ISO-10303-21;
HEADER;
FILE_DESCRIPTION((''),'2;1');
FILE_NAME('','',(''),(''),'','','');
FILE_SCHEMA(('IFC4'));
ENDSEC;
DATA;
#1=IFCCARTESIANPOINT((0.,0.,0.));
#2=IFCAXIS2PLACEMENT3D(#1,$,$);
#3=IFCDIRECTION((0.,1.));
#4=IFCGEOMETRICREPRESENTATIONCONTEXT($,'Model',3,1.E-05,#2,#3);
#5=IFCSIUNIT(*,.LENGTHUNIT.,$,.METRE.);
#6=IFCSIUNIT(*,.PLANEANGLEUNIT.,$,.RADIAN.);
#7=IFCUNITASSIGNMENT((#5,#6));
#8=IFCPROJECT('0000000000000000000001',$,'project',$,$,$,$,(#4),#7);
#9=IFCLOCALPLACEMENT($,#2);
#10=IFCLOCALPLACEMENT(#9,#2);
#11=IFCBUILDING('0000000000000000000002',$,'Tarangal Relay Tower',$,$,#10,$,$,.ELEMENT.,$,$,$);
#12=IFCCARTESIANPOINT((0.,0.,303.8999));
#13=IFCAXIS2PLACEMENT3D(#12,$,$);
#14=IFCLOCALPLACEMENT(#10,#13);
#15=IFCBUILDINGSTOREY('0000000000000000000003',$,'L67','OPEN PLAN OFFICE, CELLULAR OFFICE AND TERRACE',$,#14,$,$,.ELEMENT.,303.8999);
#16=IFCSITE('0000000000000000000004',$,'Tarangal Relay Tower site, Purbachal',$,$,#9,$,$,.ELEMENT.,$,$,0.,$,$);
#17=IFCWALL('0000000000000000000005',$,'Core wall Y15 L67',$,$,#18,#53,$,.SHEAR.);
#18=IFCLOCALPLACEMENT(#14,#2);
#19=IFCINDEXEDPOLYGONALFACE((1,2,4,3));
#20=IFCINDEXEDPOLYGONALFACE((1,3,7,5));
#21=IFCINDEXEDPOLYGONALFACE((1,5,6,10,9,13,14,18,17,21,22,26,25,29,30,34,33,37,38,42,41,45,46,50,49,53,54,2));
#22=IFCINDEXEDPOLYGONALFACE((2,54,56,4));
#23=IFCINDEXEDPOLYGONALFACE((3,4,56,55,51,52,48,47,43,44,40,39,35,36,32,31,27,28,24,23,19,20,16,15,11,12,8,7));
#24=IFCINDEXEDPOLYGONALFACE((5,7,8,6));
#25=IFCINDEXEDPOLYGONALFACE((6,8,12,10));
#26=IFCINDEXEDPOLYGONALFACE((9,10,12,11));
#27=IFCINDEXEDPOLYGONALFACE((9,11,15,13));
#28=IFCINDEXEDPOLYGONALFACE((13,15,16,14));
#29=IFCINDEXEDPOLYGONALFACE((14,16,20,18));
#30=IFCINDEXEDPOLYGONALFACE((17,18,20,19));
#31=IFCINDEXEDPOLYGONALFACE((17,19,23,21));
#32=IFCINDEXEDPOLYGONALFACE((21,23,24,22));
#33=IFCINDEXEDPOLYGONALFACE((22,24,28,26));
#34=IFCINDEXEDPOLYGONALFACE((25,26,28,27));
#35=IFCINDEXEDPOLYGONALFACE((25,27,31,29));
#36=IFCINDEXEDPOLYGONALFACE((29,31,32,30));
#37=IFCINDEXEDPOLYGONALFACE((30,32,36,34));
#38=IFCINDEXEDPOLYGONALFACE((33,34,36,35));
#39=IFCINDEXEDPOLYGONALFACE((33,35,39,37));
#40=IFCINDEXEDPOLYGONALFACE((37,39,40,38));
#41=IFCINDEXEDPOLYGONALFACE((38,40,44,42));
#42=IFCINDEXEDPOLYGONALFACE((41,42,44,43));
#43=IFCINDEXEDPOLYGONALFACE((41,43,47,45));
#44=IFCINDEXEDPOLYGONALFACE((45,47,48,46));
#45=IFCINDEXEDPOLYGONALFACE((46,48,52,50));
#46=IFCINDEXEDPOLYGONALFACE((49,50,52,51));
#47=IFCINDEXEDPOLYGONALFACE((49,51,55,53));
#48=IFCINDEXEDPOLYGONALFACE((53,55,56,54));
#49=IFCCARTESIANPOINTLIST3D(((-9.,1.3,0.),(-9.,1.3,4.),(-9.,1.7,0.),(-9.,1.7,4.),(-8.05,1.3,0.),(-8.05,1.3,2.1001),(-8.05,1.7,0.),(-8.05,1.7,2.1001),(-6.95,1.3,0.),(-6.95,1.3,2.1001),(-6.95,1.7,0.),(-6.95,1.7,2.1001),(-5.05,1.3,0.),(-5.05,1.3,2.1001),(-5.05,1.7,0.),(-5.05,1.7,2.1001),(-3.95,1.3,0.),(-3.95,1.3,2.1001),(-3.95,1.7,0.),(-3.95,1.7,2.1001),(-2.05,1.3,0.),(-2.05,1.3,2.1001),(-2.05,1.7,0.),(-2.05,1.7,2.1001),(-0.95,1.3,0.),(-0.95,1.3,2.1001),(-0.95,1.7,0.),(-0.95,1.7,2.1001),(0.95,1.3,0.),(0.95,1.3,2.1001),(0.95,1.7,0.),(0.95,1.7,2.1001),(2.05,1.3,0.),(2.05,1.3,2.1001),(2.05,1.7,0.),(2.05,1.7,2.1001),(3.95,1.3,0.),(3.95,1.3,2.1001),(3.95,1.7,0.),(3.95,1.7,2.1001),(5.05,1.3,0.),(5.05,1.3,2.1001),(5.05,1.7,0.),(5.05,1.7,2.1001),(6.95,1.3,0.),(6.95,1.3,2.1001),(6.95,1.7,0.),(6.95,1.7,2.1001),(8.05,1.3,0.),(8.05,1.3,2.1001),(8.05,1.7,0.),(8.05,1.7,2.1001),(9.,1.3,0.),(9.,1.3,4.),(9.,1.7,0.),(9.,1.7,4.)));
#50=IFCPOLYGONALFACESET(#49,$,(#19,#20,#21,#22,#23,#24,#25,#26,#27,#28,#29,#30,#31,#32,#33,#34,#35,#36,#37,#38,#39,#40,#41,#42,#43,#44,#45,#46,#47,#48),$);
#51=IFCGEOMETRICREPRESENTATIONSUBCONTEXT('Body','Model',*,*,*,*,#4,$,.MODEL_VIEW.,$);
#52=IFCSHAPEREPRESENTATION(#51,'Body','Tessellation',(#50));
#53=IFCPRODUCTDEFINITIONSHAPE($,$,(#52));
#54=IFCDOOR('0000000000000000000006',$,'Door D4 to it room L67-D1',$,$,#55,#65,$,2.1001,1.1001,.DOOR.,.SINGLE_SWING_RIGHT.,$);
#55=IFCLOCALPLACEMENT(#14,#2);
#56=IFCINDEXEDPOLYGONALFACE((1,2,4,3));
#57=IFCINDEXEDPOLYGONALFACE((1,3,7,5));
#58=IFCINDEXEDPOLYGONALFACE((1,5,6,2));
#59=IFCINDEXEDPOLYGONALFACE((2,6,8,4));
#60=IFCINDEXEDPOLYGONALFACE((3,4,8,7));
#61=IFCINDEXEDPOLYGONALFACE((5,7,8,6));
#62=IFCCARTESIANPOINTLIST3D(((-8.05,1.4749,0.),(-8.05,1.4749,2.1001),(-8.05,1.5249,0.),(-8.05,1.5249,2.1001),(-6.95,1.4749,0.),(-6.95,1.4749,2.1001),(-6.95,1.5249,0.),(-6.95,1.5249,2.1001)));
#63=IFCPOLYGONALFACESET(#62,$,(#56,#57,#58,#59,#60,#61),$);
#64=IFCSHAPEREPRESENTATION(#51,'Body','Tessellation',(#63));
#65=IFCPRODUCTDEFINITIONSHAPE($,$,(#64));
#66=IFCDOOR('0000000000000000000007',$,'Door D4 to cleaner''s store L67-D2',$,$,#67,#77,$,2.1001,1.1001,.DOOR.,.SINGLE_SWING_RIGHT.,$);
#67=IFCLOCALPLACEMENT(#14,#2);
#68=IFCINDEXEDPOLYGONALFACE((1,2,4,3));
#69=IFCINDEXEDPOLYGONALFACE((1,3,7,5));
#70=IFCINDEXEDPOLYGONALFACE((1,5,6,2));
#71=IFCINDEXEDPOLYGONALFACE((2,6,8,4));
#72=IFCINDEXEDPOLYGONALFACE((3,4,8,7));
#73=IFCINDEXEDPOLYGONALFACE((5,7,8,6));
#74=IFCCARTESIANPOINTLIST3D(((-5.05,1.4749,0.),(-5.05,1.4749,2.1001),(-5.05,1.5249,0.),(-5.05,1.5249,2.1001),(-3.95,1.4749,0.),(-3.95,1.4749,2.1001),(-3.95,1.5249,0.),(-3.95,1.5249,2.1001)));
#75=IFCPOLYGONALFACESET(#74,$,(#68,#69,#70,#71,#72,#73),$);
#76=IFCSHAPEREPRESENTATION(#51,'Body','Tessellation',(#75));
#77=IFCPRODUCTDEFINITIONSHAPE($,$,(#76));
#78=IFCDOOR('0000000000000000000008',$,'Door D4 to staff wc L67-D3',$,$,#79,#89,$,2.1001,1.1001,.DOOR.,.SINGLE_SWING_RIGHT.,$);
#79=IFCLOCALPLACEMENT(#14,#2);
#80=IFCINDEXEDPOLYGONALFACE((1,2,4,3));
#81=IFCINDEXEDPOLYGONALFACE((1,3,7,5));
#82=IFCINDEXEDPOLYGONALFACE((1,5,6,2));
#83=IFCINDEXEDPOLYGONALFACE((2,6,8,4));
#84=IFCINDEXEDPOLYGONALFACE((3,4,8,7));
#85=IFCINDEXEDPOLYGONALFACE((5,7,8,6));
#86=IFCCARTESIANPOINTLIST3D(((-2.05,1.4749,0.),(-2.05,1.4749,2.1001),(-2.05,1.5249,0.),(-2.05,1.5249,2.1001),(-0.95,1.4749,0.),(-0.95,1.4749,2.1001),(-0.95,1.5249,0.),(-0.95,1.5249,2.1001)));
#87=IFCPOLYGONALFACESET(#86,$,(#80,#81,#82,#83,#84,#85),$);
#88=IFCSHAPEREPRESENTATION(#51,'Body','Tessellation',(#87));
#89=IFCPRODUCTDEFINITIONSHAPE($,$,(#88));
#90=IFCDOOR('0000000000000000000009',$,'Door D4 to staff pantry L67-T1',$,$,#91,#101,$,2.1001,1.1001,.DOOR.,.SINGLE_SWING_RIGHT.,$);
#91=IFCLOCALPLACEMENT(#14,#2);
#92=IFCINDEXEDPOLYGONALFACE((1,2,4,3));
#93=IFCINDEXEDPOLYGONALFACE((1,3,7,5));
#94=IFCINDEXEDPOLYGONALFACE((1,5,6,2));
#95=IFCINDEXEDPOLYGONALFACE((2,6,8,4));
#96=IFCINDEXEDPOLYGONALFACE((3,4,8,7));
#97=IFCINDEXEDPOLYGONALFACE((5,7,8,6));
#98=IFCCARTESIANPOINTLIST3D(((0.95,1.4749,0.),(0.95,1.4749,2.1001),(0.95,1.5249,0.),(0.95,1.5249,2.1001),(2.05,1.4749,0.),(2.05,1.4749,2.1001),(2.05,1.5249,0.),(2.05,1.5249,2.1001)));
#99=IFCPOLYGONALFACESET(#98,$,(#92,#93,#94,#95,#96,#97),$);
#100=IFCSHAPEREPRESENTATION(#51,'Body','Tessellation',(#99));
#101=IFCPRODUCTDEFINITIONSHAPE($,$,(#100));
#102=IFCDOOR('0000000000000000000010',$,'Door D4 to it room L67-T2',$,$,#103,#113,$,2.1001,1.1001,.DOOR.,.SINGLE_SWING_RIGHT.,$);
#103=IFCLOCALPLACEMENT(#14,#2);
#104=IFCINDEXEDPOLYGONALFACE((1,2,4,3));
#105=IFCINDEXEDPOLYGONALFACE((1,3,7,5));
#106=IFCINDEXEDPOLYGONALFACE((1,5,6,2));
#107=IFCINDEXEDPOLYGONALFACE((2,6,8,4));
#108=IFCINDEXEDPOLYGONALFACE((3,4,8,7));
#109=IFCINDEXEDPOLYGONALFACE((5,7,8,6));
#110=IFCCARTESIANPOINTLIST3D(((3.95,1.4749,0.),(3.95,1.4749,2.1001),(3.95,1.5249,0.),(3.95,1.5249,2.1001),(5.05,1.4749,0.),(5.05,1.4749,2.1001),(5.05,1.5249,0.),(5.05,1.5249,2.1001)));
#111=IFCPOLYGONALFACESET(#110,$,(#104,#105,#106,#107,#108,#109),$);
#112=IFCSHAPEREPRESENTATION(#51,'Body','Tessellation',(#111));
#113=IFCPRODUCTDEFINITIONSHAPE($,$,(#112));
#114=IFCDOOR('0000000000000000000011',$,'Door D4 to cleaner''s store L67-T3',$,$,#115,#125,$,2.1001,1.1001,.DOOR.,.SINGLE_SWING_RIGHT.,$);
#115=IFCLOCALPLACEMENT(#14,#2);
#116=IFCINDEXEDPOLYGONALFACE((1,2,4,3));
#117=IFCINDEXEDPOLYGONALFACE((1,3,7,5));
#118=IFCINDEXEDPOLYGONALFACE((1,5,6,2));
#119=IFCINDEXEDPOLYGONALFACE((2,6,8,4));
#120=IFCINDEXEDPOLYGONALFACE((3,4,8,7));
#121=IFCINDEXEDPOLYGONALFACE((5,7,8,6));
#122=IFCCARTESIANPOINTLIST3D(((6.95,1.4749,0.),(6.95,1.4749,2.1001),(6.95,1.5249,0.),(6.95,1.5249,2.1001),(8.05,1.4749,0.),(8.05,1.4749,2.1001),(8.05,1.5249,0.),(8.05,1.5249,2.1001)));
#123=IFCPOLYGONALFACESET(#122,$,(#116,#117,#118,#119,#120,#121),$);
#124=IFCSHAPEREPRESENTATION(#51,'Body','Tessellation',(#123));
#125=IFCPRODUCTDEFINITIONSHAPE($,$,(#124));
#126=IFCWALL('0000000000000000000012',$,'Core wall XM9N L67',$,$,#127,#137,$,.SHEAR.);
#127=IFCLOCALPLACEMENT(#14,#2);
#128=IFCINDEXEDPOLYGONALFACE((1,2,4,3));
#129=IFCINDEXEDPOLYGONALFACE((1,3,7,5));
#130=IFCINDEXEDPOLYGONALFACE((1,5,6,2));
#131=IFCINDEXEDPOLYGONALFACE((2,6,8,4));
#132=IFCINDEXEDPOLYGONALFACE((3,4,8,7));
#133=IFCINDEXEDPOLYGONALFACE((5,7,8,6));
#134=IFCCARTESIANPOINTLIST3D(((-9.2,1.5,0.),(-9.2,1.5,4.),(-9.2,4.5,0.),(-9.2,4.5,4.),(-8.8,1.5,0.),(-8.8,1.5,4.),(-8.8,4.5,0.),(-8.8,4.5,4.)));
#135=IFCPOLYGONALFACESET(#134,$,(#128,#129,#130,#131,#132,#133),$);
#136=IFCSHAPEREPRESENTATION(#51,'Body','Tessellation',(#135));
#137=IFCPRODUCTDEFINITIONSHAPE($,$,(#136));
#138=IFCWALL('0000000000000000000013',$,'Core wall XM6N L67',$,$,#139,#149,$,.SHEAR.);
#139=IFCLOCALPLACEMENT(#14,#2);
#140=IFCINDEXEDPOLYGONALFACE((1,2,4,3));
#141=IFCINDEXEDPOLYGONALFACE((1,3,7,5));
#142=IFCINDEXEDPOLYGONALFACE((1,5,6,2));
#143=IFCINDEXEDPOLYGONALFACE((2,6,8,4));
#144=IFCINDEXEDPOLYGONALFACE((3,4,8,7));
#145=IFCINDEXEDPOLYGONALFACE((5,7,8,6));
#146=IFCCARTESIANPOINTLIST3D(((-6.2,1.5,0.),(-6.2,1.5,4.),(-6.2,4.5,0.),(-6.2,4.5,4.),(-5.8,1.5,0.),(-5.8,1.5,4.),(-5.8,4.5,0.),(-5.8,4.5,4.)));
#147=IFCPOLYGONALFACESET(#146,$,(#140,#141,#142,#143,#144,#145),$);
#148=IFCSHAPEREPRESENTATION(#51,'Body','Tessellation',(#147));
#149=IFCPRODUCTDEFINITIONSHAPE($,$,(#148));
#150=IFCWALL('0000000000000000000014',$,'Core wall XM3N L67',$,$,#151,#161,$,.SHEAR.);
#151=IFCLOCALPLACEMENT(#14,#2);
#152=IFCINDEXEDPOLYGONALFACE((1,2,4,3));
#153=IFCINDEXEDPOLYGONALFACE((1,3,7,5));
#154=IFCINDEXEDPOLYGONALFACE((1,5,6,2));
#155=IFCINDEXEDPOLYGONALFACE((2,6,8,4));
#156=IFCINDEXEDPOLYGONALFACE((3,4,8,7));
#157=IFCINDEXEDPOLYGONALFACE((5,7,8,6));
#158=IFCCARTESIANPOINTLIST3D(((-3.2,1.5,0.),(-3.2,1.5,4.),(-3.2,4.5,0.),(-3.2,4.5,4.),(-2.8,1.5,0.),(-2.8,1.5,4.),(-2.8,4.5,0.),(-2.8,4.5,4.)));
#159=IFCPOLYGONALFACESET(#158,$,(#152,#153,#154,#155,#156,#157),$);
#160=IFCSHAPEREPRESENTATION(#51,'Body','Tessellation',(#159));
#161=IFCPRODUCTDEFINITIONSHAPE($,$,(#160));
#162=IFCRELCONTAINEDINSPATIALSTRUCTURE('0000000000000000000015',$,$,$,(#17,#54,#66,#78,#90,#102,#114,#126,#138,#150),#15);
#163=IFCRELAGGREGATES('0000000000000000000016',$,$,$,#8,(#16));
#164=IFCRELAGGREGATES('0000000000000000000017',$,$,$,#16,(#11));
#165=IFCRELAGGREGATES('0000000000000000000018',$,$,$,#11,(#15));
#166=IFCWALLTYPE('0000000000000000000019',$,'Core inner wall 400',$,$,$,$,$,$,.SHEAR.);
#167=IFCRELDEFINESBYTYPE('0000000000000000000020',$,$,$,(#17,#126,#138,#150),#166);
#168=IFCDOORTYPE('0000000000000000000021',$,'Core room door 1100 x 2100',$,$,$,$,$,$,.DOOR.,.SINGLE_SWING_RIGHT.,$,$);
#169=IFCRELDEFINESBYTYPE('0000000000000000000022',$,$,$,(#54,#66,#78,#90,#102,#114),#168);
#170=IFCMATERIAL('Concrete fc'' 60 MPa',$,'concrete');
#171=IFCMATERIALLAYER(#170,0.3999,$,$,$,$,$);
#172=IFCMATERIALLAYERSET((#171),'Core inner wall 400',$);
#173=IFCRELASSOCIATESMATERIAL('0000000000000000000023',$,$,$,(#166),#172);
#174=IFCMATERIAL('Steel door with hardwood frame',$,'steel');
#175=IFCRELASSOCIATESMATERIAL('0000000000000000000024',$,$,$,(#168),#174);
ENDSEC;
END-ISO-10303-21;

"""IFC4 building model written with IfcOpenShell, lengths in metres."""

from ifc_helpers import new_model, si_unit, direction, frame, frame_2d, origin, place, context, subcontext, project, spatial, rectangle, extrude, material, layer, layer_set, type_object, element, fill, save


model = new_model("IFC4")

# Units and contexts
model_context = context("Model", 3, precision=1e-05, world=origin(), true_north=direction((0.0, 1.0)))
body_context = subcontext(model_context, "Body", "Model", "MODEL_VIEW")
ifc_project = project(units=[si_unit("LENGTHUNIT", "METRE"), si_unit("PLANEANGLEUNIT", "RADIAN")], contexts=[model_context])

# Site, building, storey
site_placement = place(None, origin())
site = spatial("IfcSite", under=ifc_project, at=site_placement, Name="Tarangal Relay Tower site, Purbachal", CompositionType="ELEMENT", RefElevation=0.0)
building_placement = place(site_placement, origin())
building = spatial("IfcBuilding", under=site, at=building_placement, Name="Tarangal Relay Tower", CompositionType="ELEMENT")
storey_placement = place(building_placement, frame((0.0, 0.0, 303.8999)))
storey = spatial("IfcBuildingStorey", under=building, at=storey_placement, Name="L67", Description="OPEN PLAN OFFICE, CELLULAR OFFICE AND TERRACE", CompositionType="ELEMENT", Elevation=303.8999)

# Wall, openings, doors
ifc_material_1 = material(Name="Concrete fc' 60 MPa", Category="concrete")
ifc_layer = layer(ifc_material_1, 0.3999)
ifc_layer_set = layer_set([ifc_layer], Name="Core inner wall 400")
wall_type = type_object("IfcWallType", Name="Core inner wall 400", PredefinedType="SHEAR", material=ifc_layer_set)
wall_1_placement = place(storey_placement, frame((-9.0, 1.5, 0.0), z_axis=(0.0, 0.0, 1.0), x_axis=(1.0, 0.0, 0.0)))
wall_1 = element("IfcWall", 1, at=wall_1_placement, inside=storey, type_object=wall_type, Name="Core wall Y15 L67", PredefinedType="SHEAR", context=body_context, shape_type="SweptSolid", body=[
    extrude(rectangle(XDim=18.0, YDim=0.3999, at=frame_2d((9.0, 0.0))), origin(), (0.0, 0.0, 1.0), 4.0),
])
opening_1_placement = place(wall_1_placement, frame((0.95, 0.0, 0.0)))
opening_1 = element("IfcOpeningElement", 2, at=opening_1_placement, cuts=wall_1, PredefinedType="OPENING", context=body_context, shape_type="SweptSolid", body=[
    extrude(rectangle(XDim=1.1001, YDim=2.1001, at=frame_2d((0.55, 1.05))), frame((0.0, 0.21, 0.0), z_axis=(0.0, -1.0, 0.0), x_axis=(1.0, 0.0, 0.0)), (0.0, 0.0, 1.0), 0.4199),
])
opening_2_placement = place(wall_1_placement, frame((3.95, 0.0, 0.0)))
opening_2 = element("IfcOpeningElement", 3, at=opening_2_placement, cuts=wall_1, PredefinedType="OPENING", context=body_context, shape_type="SweptSolid", body=[
    extrude(rectangle(XDim=1.1001, YDim=2.1001, at=frame_2d((0.55, 1.05))), frame((0.0, 0.21, 0.0), z_axis=(0.0, -1.0, 0.0), x_axis=(1.0, 0.0, 0.0)), (0.0, 0.0, 1.0), 0.4199),
])
opening_3_placement = place(wall_1_placement, frame((6.95, 0.0, 0.0)))
opening_3 = element("IfcOpeningElement", 4, at=opening_3_placement, cuts=wall_1, PredefinedType="OPENING", context=body_context, shape_type="SweptSolid", body=[
    extrude(rectangle(XDim=1.1001, YDim=2.1001, at=frame_2d((0.55, 1.05))), frame((0.0, 0.21, 0.0), z_axis=(0.0, -1.0, 0.0), x_axis=(1.0, 0.0, 0.0)), (0.0, 0.0, 1.0), 0.4199),
])
opening_4_placement = place(wall_1_placement, frame((9.95, 0.0, 0.0)))
opening_4 = element("IfcOpeningElement", 5, at=opening_4_placement, cuts=wall_1, PredefinedType="OPENING", context=body_context, shape_type="SweptSolid", body=[
    extrude(rectangle(XDim=1.1001, YDim=2.1001, at=frame_2d((0.55, 1.05))), frame((0.0, 0.21, 0.0), z_axis=(0.0, -1.0, 0.0), x_axis=(1.0, 0.0, 0.0)), (0.0, 0.0, 1.0), 0.4199),
])
opening_5_placement = place(wall_1_placement, frame((12.95, 0.0, 0.0)))
opening_5 = element("IfcOpeningElement", 6, at=opening_5_placement, cuts=wall_1, PredefinedType="OPENING", context=body_context, shape_type="SweptSolid", body=[
    extrude(rectangle(XDim=1.1001, YDim=2.1001, at=frame_2d((0.55, 1.05))), frame((0.0, 0.21, 0.0), z_axis=(0.0, -1.0, 0.0), x_axis=(1.0, 0.0, 0.0)), (0.0, 0.0, 1.0), 0.4199),
])
opening_6_placement = place(wall_1_placement, frame((15.95, 0.0, 0.0)))
opening_6 = element("IfcOpeningElement", 7, at=opening_6_placement, cuts=wall_1, PredefinedType="OPENING", context=body_context, shape_type="SweptSolid", body=[
    extrude(rectangle(XDim=1.1001, YDim=2.1001, at=frame_2d((0.55, 1.05))), frame((0.0, 0.21, 0.0), z_axis=(0.0, -1.0, 0.0), x_axis=(1.0, 0.0, 0.0)), (0.0, 0.0, 1.0), 0.4199),
])
ifc_material_2 = material(Name="Steel door with hardwood frame", Category="steel")
door_type_1 = type_object("IfcDoorType", Name="Core room door 1100 x 2100", OperationType="SINGLE_SWING_RIGHT", PredefinedType="DOOR", material=ifc_material_2)
door_1_placement = place(opening_1_placement, origin())
door_1 = element("IfcDoor", 8, at=door_1_placement, inside=storey, type_object=door_type_1, Name="Door D4 to it room L67-D1", OperationType="SINGLE_SWING_RIGHT", OverallHeight=2.1001, OverallWidth=1.1001, PredefinedType="DOOR", context=body_context, shape_type="SweptSolid", body=[
    extrude(rectangle(XDim=1.1001, YDim=2.1001, at=frame_2d((0.55, 1.05))), frame((0.0, 0.0249, 0.0), z_axis=(0.0, -1.0, 0.0), x_axis=(1.0, 0.0, 0.0)), (0.0, 0.0, 1.0), 0.05),
])
fill(opening_1, door_1)
door_2_placement = place(opening_2_placement, origin())
door_2 = element("IfcDoor", 9, at=door_2_placement, inside=storey, type_object=door_type_1, Name="Door D4 to cleaner's store L67-D2", OperationType="SINGLE_SWING_RIGHT", OverallHeight=2.1001, OverallWidth=1.1001, PredefinedType="DOOR", context=body_context, shape_type="SweptSolid", body=[
    extrude(rectangle(XDim=1.1001, YDim=2.1001, at=frame_2d((0.55, 1.05))), frame((0.0, 0.0249, 0.0), z_axis=(0.0, -1.0, 0.0), x_axis=(1.0, 0.0, 0.0)), (0.0, 0.0, 1.0), 0.05),
])
fill(opening_2, door_2)
door_3_placement = place(opening_3_placement, origin())
door_3 = element("IfcDoor", 10, at=door_3_placement, inside=storey, type_object=door_type_1, Name="Door D4 to staff wc L67-D3", OperationType="SINGLE_SWING_RIGHT", OverallHeight=2.1001, OverallWidth=1.1001, PredefinedType="DOOR", context=body_context, shape_type="SweptSolid", body=[
    extrude(rectangle(XDim=1.1001, YDim=2.1001, at=frame_2d((0.55, 1.05))), frame((0.0, 0.0249, 0.0), z_axis=(0.0, -1.0, 0.0), x_axis=(1.0, 0.0, 0.0)), (0.0, 0.0, 1.0), 0.05),
])
fill(opening_3, door_3)
door_4_placement = place(opening_4_placement, origin())
door_4 = element("IfcDoor", 11, at=door_4_placement, inside=storey, type_object=door_type_1, Name="Door D4 to staff pantry L67-T1", OperationType="SINGLE_SWING_RIGHT", OverallHeight=2.1001, OverallWidth=1.1001, PredefinedType="DOOR", context=body_context, shape_type="SweptSolid", body=[
    extrude(rectangle(XDim=1.1001, YDim=2.1001, at=frame_2d((0.55, 1.05))), frame((0.0, 0.0249, 0.0), z_axis=(0.0, -1.0, 0.0), x_axis=(1.0, 0.0, 0.0)), (0.0, 0.0, 1.0), 0.05),
])
fill(opening_4, door_4)
door_5_placement = place(opening_5_placement, origin())
door_5 = element("IfcDoor", 12, at=door_5_placement, inside=storey, type_object=door_type_1, Name="Door D4 to it room L67-T2", OperationType="SINGLE_SWING_RIGHT", OverallHeight=2.1001, OverallWidth=1.1001, PredefinedType="DOOR", context=body_context, shape_type="SweptSolid", body=[
    extrude(rectangle(XDim=1.1001, YDim=2.1001, at=frame_2d((0.55, 1.05))), frame((0.0, 0.0249, 0.0), z_axis=(0.0, -1.0, 0.0), x_axis=(1.0, 0.0, 0.0)), (0.0, 0.0, 1.0), 0.05),
])
fill(opening_5, door_5)
door_6_placement = place(opening_6_placement, origin())
door_6 = element("IfcDoor", 13, at=door_6_placement, inside=storey, type_object=door_type_1, Name="Door D4 to cleaner's store L67-T3", OperationType="SINGLE_SWING_RIGHT", OverallHeight=2.1001, OverallWidth=1.1001, PredefinedType="DOOR", context=body_context, shape_type="SweptSolid", body=[
    extrude(rectangle(XDim=1.1001, YDim=2.1001, at=frame_2d((0.55, 1.05))), frame((0.0, 0.0249, 0.0), z_axis=(0.0, -1.0, 0.0), x_axis=(1.0, 0.0, 0.0)), (0.0, 0.0, 1.0), 0.05),
])
fill(opening_6, door_6)

# Walls
for number, where, z_axis, x_axis, name in (
    (14, (-9.0, 1.5, 0.0), (0.0, 0.0, 1.0), (0.0, 1.0, 0.0), "Core wall XM9N L67"),
    (15, (-6.0, 1.5, 0.0), (0.0, 0.0, 1.0), (0.0, 1.0, 0.0), "Core wall XM6N L67"),
    (16, (-3.0, 1.5, 0.0), (0.0, 0.0, 1.0), (0.0, 1.0, 0.0), "Core wall XM3N L67"),
):
    element("IfcWall", number, at=place(storey_placement, frame(where, z_axis=z_axis, x_axis=x_axis)), inside=storey, type_object=wall_type, Name=name, PredefinedType="SHEAR", context=body_context, shape_type="SweptSolid", body=[
        extrude(rectangle(XDim=3.0, YDim=0.3999, at=frame_2d((1.5, 0.0))), origin(), (0.0, 0.0, 1.0), 4.0),
    ])

save(model, "model.ifc")
